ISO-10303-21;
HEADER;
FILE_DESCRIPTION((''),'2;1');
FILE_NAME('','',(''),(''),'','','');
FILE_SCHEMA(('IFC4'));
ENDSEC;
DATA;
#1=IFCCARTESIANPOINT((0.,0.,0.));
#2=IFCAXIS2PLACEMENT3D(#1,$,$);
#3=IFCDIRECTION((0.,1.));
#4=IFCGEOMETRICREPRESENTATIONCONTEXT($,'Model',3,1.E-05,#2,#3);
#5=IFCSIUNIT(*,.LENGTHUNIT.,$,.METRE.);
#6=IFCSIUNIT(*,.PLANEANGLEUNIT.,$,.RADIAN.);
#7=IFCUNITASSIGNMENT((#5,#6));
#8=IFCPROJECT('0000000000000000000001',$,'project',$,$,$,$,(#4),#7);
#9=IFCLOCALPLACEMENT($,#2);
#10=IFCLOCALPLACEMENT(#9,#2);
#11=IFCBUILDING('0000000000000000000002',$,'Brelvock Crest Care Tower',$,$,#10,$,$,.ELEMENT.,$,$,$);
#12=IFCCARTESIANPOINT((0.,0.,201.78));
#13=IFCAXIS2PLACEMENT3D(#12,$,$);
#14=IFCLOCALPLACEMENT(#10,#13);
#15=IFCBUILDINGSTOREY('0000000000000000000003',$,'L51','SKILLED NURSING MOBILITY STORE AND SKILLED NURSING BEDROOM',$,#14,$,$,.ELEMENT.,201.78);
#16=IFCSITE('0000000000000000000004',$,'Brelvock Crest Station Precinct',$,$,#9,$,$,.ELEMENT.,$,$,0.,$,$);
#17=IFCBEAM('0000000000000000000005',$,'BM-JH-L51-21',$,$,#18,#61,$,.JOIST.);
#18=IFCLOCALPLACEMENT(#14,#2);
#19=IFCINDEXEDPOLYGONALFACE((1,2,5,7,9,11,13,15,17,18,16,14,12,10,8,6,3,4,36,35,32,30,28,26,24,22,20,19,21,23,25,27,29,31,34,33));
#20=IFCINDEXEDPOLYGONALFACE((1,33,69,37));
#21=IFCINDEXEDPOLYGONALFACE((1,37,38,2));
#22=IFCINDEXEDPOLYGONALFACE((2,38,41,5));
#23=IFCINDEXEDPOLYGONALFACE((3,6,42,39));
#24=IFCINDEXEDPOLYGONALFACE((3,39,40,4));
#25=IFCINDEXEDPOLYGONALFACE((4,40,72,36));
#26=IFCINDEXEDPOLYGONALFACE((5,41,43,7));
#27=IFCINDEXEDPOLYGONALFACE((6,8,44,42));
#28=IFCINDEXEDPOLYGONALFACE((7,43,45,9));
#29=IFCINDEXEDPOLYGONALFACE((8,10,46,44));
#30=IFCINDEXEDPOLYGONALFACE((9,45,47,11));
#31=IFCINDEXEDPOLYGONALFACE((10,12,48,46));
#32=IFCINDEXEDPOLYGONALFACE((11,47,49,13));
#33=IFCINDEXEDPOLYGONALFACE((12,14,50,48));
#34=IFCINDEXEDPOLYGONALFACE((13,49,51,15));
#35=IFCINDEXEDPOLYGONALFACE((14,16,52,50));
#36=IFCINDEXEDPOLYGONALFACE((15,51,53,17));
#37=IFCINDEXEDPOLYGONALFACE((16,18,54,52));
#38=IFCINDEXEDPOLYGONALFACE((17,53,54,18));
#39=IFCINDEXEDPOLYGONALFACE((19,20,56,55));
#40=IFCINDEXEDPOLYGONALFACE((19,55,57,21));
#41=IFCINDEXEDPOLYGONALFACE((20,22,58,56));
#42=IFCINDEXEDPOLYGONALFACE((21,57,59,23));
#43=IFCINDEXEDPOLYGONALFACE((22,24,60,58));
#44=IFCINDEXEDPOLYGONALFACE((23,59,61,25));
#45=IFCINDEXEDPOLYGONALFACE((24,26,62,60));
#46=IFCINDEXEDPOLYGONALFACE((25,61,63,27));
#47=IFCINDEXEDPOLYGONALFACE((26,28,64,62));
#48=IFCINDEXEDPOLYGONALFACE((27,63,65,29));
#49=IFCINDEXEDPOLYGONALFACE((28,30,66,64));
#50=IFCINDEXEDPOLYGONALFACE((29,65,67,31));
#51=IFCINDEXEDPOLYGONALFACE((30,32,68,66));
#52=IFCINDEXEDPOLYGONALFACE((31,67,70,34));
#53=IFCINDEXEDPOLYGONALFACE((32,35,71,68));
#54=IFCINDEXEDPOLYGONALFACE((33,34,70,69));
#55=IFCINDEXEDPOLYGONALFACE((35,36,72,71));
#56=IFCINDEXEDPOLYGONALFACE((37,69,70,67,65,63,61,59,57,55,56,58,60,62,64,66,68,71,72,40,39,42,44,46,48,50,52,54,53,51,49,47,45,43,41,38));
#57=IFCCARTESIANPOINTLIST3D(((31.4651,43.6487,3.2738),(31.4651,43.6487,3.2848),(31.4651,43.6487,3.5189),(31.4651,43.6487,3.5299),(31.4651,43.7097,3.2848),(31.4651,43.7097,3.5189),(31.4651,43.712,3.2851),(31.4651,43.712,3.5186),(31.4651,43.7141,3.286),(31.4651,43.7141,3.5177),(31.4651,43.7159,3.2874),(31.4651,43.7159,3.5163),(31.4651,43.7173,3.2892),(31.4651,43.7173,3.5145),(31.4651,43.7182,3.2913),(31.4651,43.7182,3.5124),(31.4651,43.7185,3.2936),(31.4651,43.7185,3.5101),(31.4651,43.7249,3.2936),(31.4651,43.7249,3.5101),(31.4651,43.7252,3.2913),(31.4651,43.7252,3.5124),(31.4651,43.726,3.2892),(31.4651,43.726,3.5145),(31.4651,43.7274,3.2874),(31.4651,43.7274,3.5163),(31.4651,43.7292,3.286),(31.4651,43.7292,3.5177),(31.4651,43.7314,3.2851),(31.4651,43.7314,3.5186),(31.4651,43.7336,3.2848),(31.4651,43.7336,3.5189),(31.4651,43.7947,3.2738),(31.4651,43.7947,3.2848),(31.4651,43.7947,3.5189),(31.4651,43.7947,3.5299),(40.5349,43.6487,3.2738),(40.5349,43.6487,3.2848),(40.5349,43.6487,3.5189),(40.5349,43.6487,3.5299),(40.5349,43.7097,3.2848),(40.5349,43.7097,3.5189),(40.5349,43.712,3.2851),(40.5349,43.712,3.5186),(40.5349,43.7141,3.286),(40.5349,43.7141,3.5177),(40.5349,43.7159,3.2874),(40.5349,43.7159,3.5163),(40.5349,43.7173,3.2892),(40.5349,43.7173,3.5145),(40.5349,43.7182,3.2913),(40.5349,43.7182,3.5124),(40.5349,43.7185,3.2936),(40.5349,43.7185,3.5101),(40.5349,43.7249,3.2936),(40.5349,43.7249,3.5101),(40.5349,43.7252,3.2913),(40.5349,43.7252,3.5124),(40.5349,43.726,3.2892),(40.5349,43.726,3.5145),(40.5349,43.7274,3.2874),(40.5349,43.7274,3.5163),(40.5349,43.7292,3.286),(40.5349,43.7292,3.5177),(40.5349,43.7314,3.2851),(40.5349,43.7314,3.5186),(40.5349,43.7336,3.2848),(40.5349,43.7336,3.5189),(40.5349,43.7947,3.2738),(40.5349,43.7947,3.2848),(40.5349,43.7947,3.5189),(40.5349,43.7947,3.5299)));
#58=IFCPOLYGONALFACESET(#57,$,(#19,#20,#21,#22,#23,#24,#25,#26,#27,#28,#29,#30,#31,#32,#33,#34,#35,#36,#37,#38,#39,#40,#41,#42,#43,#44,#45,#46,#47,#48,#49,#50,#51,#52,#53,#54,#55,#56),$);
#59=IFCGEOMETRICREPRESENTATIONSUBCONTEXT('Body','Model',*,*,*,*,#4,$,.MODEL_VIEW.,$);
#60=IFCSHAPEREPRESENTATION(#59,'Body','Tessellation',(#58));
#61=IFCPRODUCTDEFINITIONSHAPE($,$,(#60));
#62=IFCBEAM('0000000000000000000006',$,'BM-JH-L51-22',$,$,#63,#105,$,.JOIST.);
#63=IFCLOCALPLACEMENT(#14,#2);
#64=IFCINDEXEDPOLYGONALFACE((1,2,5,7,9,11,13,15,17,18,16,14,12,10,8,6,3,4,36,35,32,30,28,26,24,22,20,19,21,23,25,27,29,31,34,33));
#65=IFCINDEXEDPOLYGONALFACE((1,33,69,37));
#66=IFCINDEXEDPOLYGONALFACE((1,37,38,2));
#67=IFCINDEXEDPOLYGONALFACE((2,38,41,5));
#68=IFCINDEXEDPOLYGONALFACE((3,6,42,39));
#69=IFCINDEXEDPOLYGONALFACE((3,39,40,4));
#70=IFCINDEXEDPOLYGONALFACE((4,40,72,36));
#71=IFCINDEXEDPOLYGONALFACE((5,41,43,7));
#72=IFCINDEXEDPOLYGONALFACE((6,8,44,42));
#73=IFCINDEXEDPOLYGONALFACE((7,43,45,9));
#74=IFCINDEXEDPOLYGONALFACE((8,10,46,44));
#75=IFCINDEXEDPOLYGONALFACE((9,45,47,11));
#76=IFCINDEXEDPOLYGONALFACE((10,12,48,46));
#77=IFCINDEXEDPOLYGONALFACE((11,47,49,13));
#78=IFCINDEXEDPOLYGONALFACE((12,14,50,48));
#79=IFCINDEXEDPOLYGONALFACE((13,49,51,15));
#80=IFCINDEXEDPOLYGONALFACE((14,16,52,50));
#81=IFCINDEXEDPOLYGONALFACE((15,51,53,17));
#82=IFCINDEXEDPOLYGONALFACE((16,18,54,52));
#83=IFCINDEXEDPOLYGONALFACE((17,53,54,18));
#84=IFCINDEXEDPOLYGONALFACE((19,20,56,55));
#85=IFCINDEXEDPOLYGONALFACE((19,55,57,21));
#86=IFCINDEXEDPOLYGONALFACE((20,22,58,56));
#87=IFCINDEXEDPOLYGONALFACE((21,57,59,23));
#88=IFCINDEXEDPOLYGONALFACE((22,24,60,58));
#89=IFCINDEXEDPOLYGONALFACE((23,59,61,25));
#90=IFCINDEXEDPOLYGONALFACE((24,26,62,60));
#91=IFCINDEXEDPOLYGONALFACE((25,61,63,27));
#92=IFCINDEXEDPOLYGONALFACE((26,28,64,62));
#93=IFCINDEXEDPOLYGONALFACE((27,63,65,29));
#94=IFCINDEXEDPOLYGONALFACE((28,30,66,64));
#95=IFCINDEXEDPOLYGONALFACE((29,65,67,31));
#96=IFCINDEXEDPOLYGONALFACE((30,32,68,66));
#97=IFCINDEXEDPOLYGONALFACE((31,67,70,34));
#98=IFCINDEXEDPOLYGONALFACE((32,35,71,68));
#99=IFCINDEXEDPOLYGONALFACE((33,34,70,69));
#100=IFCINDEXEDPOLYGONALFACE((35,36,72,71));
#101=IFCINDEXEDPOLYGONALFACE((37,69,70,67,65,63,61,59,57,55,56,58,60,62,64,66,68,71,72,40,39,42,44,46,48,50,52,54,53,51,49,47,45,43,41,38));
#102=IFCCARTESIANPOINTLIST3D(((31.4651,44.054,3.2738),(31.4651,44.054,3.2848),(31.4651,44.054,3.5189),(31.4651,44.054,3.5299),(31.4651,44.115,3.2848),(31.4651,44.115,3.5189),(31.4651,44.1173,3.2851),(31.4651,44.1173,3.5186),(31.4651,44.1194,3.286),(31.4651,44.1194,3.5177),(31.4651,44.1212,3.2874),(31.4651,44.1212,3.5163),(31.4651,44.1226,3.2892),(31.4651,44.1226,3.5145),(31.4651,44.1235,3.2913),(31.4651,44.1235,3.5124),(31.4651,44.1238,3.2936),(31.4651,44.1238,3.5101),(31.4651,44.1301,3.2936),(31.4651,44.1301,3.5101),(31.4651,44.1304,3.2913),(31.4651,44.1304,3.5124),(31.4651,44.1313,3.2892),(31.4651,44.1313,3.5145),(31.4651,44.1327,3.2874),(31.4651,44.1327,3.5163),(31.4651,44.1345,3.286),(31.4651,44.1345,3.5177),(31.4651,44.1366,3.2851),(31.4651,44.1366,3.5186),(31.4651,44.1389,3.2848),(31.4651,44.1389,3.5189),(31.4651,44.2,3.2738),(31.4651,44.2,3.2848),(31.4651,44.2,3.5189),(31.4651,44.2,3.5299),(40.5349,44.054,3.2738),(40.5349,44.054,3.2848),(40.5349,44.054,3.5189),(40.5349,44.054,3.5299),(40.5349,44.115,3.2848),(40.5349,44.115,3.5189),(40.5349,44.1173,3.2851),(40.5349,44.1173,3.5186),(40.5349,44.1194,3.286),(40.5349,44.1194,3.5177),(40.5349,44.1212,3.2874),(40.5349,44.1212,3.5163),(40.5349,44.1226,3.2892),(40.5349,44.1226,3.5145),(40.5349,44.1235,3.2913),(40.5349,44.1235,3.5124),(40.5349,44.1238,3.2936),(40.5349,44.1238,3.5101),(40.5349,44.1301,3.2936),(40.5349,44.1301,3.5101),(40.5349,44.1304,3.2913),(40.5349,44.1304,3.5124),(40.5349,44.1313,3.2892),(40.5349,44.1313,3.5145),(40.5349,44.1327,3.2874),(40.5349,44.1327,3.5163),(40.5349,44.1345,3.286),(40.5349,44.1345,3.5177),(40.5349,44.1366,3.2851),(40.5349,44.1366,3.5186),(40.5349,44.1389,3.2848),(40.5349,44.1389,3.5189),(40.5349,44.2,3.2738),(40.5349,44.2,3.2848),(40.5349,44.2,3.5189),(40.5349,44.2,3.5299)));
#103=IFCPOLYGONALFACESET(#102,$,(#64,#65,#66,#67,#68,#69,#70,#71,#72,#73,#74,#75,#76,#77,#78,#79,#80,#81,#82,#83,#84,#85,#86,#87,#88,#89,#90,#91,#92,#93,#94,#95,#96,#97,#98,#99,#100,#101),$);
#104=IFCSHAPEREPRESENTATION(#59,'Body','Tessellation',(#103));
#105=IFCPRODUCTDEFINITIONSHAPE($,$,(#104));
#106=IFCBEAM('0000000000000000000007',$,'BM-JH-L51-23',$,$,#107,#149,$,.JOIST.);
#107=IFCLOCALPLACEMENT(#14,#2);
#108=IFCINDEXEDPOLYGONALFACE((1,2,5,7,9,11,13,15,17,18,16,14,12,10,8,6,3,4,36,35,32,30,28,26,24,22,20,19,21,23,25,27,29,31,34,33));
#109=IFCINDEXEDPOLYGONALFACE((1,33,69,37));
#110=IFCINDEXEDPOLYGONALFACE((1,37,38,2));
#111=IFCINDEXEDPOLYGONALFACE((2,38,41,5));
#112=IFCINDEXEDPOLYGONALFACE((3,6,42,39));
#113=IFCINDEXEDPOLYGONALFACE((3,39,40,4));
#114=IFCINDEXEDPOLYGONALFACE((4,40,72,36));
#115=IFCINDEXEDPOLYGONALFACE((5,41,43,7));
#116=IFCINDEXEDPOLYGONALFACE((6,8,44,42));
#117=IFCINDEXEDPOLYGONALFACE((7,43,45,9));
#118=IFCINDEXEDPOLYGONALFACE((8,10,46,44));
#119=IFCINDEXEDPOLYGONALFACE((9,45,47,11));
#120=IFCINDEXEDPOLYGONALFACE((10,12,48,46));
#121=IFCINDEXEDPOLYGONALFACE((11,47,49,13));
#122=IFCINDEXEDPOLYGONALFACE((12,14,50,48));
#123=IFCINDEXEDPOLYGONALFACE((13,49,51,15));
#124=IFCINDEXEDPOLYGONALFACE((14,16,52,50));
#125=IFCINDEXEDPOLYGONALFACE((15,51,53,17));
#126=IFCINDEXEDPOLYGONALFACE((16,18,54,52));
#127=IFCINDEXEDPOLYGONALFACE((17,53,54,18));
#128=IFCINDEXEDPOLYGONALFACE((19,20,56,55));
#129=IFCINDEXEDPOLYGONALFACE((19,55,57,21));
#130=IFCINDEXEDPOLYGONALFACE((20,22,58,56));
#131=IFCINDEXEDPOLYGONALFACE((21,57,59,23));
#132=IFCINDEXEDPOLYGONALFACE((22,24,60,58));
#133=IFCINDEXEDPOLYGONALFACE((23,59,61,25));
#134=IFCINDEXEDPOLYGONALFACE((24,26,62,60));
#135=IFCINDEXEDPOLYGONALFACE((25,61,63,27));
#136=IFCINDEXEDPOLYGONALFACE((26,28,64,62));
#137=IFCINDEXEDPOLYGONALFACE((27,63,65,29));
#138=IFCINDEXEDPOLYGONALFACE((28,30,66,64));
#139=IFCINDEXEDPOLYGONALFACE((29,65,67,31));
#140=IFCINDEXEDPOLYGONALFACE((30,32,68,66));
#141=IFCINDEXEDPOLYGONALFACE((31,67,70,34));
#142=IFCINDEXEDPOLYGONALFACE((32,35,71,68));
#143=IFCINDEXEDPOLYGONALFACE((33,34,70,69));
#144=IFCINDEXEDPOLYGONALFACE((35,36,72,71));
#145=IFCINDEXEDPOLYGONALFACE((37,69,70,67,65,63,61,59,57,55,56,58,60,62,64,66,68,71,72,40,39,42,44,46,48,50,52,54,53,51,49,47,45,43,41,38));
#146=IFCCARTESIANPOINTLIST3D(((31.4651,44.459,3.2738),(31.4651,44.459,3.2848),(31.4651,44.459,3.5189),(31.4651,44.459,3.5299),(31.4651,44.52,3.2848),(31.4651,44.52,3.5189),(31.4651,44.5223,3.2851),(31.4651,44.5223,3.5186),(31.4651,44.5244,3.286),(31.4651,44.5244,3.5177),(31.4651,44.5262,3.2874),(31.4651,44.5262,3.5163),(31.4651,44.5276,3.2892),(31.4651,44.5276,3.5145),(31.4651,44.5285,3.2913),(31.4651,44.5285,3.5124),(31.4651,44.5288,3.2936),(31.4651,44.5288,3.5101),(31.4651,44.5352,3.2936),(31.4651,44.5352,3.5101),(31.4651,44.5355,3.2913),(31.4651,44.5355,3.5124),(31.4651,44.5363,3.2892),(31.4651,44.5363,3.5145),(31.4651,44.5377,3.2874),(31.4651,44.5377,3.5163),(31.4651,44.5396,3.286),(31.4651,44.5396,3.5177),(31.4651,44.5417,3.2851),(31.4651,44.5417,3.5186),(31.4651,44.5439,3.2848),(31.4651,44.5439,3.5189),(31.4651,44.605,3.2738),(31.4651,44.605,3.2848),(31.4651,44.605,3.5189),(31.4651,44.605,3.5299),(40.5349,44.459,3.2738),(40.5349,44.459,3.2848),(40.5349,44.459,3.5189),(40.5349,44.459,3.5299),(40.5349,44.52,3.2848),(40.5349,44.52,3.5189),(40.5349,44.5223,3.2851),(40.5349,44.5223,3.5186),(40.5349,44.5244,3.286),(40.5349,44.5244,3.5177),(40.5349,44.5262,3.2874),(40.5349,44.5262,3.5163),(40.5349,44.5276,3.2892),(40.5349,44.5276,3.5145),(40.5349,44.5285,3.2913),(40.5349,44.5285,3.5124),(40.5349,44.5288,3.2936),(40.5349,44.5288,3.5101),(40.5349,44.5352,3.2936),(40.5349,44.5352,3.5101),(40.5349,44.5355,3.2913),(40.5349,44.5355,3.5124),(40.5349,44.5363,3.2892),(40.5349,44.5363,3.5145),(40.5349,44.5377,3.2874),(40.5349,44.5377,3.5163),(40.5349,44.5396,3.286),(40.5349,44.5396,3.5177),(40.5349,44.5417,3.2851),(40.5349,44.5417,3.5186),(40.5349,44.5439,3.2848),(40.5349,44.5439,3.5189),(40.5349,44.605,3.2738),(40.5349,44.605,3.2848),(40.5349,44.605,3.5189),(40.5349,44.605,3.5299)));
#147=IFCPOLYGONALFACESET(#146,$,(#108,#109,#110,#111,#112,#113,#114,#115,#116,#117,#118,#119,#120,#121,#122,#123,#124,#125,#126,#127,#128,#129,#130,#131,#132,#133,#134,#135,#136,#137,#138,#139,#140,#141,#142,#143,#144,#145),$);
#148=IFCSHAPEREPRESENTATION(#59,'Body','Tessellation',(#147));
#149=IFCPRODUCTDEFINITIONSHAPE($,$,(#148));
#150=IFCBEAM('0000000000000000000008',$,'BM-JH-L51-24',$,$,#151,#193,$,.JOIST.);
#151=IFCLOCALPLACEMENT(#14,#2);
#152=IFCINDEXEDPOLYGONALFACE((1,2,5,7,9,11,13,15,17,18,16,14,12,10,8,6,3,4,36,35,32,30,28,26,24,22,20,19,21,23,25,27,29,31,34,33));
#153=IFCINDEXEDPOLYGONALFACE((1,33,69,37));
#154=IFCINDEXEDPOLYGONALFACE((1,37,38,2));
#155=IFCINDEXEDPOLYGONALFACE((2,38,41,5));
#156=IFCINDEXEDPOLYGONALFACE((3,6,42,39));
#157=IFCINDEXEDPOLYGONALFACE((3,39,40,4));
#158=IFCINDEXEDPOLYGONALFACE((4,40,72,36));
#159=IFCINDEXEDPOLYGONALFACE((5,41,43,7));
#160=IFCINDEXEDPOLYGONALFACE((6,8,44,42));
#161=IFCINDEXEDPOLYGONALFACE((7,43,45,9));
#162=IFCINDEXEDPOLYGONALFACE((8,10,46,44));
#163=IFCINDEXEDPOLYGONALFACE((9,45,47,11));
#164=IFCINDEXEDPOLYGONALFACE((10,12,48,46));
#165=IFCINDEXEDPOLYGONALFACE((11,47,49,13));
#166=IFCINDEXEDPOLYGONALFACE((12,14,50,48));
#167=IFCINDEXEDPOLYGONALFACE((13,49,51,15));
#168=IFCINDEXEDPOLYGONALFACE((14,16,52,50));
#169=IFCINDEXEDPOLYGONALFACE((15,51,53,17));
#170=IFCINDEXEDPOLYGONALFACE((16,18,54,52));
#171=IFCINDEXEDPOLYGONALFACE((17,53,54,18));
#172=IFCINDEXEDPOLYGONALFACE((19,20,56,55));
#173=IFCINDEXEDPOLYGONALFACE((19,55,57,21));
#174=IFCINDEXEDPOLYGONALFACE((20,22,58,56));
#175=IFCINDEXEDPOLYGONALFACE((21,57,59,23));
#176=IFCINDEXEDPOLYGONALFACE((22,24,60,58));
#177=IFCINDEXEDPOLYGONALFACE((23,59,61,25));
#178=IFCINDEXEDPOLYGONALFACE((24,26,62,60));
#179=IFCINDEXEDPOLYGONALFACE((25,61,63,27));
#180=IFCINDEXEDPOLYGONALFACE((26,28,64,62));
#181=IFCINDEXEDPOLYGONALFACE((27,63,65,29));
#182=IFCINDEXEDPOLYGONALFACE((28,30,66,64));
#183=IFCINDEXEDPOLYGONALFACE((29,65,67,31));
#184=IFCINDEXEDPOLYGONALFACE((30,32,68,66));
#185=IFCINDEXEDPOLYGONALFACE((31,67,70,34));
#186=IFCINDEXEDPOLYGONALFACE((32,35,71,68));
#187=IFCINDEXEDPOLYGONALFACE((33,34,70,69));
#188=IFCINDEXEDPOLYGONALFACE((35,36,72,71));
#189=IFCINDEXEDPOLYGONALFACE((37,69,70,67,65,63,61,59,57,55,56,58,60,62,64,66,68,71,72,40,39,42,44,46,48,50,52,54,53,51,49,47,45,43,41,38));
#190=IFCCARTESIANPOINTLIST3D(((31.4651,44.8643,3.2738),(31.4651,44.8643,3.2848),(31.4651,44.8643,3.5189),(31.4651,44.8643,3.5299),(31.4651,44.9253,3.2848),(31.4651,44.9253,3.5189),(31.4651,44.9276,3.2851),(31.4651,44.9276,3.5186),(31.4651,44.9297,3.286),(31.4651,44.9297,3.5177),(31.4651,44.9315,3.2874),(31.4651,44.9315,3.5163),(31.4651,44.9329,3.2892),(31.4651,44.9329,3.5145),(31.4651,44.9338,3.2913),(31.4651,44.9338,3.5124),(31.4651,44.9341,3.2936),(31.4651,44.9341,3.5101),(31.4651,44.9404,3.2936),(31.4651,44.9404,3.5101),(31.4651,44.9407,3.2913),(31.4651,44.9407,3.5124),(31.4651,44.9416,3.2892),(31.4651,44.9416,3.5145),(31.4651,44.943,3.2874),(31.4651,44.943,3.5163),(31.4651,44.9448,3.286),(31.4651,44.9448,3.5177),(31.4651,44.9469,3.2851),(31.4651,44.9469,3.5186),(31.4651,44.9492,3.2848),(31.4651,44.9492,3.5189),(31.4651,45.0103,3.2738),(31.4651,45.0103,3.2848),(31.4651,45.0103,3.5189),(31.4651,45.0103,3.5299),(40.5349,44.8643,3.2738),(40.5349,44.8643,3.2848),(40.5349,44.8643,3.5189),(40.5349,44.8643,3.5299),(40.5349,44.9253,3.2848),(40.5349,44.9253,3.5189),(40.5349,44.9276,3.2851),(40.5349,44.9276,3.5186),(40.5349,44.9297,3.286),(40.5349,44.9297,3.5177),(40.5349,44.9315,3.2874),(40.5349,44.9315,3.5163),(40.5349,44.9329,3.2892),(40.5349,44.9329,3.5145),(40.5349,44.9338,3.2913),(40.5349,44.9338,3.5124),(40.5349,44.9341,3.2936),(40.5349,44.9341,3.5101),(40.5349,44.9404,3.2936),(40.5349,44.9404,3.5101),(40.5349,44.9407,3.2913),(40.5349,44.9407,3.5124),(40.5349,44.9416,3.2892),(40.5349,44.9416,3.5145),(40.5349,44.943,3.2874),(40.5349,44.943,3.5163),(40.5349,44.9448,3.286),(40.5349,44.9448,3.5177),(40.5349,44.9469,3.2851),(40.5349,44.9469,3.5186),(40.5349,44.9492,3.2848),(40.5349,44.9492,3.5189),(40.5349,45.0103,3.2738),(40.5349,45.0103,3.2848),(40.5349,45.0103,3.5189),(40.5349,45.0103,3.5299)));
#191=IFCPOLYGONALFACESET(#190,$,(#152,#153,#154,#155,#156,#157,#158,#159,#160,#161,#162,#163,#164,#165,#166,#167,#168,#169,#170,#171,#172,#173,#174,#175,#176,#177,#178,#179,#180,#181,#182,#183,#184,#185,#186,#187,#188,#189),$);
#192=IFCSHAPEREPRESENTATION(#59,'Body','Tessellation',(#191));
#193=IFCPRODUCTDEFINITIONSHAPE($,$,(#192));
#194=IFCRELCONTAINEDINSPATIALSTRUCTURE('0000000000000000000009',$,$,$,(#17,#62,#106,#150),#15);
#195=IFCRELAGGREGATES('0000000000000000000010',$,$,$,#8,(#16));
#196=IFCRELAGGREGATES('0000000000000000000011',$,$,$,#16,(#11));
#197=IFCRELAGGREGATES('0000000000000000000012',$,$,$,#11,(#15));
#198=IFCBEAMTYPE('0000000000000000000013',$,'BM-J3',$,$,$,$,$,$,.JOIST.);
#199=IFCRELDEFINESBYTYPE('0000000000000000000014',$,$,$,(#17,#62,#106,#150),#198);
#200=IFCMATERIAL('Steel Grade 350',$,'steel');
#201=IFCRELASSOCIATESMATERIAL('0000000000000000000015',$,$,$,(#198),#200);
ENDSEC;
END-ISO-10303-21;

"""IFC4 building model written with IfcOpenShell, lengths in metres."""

from ifc_helpers import new_model, si_unit, direction, frame, origin, origin_2d, place, context, subcontext, project, spatial, i_section, extrude, source, transform, mapped, material, material_profile, profile_set, type_object, element, save


model = new_model("IFC4")

# Units and contexts
model_context = context("Model", 3, precision=1e-05, world=origin(), true_north=direction((0.0, 1.0)))
body_context = subcontext(model_context, "Body", "Model", "MODEL_VIEW")
ifc_project = project(units=[si_unit("LENGTHUNIT", "METRE"), si_unit("PLANEANGLEUNIT", "RADIAN")], contexts=[model_context])

# Site, building, storey
site_placement = place(None, origin())
site = spatial("IfcSite", under=ifc_project, at=site_placement, Name="Brelvock Crest Station Precinct", CompositionType="ELEMENT", RefElevation=0.0)
building_placement = place(site_placement, origin())
building = spatial("IfcBuilding", under=site, at=building_placement, Name="Brelvock Crest Care Tower", CompositionType="ELEMENT")
storey_placement = place(building_placement, frame((0.0, 0.0, 201.78)))
storey = spatial("IfcBuildingStorey", under=building, at=storey_placement, Name="L51", Description="SKILLED NURSING MOBILITY STORE AND SKILLED NURSING BEDROOM", CompositionType="ELEMENT", Elevation=201.78)

# Beams
ifc_material_1 = material(Name="Steel Grade 350", Category="steel")
ifc_material_profile_1 = material_profile(ifc_material_1, i_section(OverallWidth=0.146, OverallDepth=0.2561, WebThickness=0.0063, FlangeThickness=0.011, FilletRadius=0.0088, at=origin_2d()), Name="250UB37.3")
ifc_profile_set_1 = profile_set([ifc_material_profile_1], Name="Steel Grade 350")
beam_type_1 = type_object("IfcBeamType", Name="BM-J3", PredefinedType="JOIST", material=ifc_profile_set_1)
shared_shape_1 = source(origin(), body_context, "Body", "SweptSolid", [
    extrude(i_section(OverallWidth=0.146, OverallDepth=0.2561, WebThickness=0.0063, FlangeThickness=0.011, FilletRadius=0.0088, at=origin_2d()), origin(), (0.0, 0.0, 1.0), 9.0698),
])
for number, where, z_axis, x_axis, name in (
    (1, (31.4651, 43.7217, 3.4019), (1.0, 0.0, 0.0), (0.0, 1.0, 0.0), "BM-JH-L51-21"),
    (2, (31.4651, 44.127, 3.4019), (1.0, 0.0, 0.0), (0.0, 1.0, 0.0), "BM-JH-L51-22"),
    (3, (31.4651, 44.532, 3.4019), (1.0, 0.0, 0.0), (0.0, 1.0, 0.0), "BM-JH-L51-23"),
    (4, (31.4651, 44.9373, 3.4019), (1.0, 0.0, 0.0), (0.0, 1.0, 0.0), "BM-JH-L51-24"),
):
    element("IfcBeam", number, at=place(storey_placement, frame(where, z_axis=z_axis, x_axis=x_axis)), inside=storey, type_object=beam_type_1, Name=name, PredefinedType="JOIST", context=body_context, shape_type="MappedRepresentation", body=[
        mapped(shared_shape_1, transform((0.0, 0.0, 0.0), x_axis=(1.0, 0.0, 0.0), y_axis=(0.0, 1.0, 0.0), z_axis=(0.0, 0.0, 1.0), scale=1.0)),
    ])

save(model, "model.ifc")
